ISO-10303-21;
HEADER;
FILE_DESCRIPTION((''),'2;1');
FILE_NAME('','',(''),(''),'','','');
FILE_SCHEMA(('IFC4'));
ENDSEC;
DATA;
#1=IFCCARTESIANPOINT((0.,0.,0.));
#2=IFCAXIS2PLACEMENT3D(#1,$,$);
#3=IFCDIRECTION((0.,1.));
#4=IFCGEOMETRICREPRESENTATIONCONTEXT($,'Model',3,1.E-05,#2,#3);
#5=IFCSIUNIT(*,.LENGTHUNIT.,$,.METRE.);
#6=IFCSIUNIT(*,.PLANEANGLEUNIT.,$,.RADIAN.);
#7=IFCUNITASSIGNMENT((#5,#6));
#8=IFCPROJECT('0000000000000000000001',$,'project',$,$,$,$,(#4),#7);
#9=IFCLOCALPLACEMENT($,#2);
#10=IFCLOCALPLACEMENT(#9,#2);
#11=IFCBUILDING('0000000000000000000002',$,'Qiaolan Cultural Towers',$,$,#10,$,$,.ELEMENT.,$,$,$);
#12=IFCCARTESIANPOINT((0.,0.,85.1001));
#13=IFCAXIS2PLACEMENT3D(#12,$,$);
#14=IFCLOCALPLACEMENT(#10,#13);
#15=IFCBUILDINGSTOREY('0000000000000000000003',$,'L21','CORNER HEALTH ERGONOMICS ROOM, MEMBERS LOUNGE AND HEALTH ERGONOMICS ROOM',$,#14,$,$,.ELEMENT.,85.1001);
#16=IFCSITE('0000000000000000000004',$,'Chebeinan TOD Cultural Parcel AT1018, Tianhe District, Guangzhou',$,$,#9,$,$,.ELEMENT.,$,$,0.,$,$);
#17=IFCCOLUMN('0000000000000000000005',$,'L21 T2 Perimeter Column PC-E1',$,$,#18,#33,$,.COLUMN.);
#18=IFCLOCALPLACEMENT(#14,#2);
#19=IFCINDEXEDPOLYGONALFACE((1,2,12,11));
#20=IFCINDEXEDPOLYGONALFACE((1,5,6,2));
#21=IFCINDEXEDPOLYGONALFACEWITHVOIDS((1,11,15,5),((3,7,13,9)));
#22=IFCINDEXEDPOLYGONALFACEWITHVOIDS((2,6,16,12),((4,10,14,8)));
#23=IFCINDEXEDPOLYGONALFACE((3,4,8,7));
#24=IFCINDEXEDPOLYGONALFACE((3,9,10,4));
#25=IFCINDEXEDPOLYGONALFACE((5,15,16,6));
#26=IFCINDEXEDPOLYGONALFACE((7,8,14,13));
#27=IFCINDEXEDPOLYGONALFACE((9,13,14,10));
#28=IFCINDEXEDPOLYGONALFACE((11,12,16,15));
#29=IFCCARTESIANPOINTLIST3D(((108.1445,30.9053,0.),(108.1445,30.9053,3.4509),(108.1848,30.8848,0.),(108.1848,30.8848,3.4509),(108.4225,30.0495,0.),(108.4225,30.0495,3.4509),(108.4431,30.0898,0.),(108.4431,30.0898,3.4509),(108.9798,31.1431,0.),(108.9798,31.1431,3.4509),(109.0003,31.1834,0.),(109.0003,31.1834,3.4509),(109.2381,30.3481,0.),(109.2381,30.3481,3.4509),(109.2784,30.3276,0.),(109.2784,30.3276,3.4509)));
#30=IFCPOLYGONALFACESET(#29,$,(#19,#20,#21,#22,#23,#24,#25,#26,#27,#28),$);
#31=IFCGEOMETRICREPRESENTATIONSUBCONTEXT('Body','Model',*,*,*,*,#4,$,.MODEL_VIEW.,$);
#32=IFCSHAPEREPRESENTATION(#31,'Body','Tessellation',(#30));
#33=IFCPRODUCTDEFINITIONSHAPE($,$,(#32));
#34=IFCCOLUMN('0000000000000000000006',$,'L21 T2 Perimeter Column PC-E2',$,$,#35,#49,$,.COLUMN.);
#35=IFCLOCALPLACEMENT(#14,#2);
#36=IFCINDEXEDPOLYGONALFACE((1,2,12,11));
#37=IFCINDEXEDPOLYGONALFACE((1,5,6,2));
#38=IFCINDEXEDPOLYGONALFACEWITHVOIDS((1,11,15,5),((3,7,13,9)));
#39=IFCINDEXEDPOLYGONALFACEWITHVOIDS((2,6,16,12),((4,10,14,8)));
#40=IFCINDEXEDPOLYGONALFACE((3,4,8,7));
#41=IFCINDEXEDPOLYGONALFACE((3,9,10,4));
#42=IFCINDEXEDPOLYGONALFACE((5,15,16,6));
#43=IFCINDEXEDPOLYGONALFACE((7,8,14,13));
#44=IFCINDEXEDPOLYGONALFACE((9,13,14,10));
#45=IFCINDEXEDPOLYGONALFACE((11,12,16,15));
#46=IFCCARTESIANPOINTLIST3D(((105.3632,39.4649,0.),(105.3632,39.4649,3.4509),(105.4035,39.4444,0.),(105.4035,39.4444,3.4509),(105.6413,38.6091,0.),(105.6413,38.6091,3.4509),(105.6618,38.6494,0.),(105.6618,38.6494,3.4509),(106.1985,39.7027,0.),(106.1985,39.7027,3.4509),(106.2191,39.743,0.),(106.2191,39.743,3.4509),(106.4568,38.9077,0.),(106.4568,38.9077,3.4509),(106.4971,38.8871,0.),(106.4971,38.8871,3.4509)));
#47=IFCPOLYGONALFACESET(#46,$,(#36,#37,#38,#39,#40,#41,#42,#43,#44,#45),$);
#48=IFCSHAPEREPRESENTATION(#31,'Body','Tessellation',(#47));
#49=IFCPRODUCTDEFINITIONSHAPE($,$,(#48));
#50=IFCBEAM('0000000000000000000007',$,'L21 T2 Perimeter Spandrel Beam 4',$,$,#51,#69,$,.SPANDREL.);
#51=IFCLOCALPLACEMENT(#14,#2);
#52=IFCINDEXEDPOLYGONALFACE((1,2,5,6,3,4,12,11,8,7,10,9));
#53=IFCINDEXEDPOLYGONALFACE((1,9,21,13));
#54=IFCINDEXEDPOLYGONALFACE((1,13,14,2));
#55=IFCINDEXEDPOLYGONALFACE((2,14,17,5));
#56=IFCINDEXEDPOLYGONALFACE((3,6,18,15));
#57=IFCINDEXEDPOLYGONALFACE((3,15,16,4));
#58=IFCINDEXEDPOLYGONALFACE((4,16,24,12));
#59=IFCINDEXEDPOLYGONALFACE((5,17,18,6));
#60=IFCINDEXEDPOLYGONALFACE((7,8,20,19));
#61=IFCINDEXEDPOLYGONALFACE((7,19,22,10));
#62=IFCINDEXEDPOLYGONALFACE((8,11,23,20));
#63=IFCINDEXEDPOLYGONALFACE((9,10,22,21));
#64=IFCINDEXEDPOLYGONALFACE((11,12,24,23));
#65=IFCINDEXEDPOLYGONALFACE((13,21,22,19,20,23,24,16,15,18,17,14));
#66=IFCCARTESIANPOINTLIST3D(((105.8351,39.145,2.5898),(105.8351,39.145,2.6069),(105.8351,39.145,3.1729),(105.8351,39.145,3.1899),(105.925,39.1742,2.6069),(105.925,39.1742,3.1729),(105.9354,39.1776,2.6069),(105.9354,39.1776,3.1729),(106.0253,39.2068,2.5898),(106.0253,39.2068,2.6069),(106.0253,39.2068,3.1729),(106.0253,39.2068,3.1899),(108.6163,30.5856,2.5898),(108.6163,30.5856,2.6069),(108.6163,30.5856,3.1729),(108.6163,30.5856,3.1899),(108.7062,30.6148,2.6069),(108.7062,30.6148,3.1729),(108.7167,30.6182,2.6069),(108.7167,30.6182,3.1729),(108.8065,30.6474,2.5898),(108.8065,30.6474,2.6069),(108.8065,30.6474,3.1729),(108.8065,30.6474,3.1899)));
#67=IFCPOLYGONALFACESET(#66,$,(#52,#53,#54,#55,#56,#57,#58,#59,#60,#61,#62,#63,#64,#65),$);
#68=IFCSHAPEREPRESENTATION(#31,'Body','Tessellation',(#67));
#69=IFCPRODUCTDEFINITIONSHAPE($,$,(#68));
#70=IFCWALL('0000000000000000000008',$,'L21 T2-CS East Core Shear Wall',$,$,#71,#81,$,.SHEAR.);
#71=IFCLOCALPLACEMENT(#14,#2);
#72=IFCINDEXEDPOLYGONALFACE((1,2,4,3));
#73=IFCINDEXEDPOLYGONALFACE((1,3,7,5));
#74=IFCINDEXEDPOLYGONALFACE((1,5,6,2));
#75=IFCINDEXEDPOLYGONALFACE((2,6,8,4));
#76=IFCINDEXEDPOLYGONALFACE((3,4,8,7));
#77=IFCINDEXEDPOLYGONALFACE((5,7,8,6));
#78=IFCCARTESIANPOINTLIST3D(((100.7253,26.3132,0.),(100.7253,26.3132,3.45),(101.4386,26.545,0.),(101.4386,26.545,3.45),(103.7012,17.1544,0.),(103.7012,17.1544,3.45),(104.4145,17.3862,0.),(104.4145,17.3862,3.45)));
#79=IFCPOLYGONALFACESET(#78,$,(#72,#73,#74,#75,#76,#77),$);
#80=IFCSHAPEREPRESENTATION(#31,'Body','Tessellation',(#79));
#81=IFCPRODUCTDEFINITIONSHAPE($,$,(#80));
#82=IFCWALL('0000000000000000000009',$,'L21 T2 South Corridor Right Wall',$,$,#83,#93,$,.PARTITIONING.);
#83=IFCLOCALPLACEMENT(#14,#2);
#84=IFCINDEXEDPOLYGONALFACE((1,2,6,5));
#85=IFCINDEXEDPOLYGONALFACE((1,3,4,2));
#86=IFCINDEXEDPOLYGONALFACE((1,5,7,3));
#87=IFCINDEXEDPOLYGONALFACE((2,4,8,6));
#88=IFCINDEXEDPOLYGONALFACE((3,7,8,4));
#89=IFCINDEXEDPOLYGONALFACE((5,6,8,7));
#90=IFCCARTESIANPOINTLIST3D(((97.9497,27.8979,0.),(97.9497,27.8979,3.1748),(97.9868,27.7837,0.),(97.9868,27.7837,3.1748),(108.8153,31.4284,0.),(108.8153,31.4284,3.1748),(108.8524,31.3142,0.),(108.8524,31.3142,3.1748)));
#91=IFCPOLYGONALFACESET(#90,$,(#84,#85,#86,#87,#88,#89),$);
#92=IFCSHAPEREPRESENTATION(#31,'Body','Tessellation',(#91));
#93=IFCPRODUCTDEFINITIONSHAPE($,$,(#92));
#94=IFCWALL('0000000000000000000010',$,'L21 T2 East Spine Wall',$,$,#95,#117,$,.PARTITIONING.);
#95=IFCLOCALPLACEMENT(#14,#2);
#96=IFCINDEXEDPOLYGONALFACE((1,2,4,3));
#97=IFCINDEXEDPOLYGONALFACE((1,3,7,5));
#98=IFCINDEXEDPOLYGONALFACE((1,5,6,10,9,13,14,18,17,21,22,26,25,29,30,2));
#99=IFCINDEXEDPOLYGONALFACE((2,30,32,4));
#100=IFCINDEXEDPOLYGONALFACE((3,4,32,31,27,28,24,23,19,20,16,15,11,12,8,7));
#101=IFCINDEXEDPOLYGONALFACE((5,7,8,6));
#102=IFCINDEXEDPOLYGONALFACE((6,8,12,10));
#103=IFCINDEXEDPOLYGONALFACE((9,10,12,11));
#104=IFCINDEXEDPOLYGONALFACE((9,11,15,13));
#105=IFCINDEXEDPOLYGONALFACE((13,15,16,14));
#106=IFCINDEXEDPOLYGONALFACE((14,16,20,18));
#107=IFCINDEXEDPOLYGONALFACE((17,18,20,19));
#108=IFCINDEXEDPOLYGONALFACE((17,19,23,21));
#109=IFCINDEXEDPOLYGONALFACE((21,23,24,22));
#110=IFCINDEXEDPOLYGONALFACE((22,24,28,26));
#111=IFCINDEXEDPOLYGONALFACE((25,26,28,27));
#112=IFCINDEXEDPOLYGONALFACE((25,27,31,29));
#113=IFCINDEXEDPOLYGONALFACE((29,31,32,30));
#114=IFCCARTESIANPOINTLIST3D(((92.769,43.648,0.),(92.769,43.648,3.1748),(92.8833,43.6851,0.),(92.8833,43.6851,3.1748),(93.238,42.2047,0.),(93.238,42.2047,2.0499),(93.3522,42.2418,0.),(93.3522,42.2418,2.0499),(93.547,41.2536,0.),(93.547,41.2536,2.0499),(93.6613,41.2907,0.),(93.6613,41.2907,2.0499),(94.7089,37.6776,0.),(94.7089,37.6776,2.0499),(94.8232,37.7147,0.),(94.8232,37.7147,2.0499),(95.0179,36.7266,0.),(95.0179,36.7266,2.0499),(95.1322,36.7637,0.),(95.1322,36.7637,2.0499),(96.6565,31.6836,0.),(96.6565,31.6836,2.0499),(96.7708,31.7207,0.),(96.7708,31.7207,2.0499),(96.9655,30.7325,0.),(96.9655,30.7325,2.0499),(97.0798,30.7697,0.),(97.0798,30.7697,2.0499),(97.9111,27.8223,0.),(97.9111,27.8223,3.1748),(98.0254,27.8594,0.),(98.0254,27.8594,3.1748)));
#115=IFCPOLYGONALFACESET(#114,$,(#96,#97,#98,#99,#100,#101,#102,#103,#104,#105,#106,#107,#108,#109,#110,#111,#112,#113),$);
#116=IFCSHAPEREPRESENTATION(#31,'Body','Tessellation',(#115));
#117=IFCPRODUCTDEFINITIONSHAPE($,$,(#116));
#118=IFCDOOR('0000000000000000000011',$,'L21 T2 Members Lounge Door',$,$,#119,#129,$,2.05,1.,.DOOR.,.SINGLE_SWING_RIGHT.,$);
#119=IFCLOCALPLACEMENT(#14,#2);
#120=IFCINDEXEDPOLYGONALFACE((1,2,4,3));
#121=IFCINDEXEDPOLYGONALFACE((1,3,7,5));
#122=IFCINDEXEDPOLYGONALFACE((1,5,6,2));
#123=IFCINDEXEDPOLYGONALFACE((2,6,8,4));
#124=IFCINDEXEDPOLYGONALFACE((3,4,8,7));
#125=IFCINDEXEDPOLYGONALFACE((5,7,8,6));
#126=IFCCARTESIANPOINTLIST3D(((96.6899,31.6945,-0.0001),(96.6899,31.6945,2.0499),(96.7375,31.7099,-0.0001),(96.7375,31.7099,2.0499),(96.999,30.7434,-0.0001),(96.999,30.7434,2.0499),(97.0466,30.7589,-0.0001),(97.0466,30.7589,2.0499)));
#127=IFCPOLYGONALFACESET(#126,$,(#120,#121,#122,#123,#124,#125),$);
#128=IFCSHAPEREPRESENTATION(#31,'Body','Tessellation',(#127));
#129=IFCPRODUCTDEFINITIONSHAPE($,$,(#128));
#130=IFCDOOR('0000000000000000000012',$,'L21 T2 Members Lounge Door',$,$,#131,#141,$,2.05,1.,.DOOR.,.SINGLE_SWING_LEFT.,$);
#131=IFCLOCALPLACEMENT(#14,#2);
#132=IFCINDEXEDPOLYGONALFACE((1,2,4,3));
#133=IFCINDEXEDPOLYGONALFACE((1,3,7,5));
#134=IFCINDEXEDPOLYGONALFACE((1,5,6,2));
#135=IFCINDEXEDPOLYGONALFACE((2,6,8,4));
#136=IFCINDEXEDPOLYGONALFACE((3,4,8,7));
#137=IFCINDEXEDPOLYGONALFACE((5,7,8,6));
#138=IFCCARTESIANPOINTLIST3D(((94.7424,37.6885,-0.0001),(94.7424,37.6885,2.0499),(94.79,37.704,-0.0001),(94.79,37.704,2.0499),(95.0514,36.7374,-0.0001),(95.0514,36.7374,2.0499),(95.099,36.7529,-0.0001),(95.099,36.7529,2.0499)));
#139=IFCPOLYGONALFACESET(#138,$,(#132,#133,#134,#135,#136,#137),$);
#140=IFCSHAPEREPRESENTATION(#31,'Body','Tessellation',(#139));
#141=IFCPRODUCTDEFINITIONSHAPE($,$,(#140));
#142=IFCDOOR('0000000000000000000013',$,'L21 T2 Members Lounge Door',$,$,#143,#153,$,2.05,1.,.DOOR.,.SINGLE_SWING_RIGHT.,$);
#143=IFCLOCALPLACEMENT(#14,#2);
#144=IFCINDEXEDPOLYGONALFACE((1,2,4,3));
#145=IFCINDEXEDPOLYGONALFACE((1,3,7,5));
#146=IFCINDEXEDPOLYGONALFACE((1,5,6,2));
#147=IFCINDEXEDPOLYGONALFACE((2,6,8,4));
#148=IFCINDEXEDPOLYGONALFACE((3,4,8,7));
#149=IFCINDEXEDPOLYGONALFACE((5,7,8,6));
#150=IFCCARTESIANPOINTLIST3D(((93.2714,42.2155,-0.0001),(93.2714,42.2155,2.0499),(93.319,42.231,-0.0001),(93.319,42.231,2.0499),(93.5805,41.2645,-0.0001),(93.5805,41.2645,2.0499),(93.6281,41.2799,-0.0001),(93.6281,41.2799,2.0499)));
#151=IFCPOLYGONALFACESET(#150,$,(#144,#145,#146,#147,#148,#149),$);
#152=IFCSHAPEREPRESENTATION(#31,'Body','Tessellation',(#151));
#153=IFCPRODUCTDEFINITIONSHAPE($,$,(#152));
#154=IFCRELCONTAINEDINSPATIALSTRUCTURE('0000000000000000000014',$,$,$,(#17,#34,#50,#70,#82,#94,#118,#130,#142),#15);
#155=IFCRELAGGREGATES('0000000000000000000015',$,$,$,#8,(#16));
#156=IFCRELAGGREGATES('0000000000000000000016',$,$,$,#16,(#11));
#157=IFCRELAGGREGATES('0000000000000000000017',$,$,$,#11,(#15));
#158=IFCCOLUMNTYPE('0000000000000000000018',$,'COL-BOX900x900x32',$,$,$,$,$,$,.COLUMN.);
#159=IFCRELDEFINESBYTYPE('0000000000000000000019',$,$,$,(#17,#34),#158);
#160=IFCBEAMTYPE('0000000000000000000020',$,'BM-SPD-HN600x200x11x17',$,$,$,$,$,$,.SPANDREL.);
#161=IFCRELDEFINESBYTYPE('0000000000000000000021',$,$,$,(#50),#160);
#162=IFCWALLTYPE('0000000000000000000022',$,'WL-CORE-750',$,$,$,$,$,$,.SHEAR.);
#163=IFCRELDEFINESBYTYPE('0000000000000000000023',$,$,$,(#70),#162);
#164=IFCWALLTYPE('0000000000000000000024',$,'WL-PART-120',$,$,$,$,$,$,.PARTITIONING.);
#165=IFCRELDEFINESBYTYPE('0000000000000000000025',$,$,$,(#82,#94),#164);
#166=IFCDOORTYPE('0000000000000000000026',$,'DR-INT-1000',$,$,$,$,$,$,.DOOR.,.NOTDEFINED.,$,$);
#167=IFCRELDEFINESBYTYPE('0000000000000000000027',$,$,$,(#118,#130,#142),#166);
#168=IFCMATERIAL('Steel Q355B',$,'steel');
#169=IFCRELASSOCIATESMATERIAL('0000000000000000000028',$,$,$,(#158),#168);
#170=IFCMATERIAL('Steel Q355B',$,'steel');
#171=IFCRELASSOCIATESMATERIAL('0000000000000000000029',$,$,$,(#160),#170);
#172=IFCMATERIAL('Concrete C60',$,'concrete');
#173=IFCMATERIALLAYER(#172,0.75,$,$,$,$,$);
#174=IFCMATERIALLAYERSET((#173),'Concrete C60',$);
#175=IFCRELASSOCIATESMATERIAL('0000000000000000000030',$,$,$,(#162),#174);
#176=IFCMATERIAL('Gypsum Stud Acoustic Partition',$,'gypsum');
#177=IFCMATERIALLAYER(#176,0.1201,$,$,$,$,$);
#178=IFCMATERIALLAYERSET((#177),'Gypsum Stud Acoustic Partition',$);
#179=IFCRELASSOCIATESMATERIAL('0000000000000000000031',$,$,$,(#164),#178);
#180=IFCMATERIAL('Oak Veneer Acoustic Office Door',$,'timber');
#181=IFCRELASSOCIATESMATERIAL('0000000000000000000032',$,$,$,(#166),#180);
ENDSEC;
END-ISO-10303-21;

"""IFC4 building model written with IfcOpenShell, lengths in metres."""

from ifc_helpers import new_model, si_unit, direction, frame, frame_2d, origin, origin_2d, place, context, subcontext, project, spatial, rectangle, hollow_rectangle, i_section, extrude, material, layer, layer_set, material_profile, profile_set, type_object, element, fill, save


model = new_model("IFC4")

# Units and contexts
model_context = context("Model", 3, precision=1e-05, world=origin(), true_north=direction((0.0, 1.0)))
body_context = subcontext(model_context, "Body", "Model", "MODEL_VIEW")
ifc_project = project(units=[si_unit("LENGTHUNIT", "METRE"), si_unit("PLANEANGLEUNIT", "RADIAN")], contexts=[model_context])

# Site, building, storey
site_placement = place(None, origin())
site = spatial("IfcSite", under=ifc_project, at=site_placement, Name="Chebeinan TOD Cultural Parcel AT1018, Tianhe District, Guangzhou", CompositionType="ELEMENT", RefElevation=0.0)
building_placement = place(site_placement, origin())
building = spatial("IfcBuilding", under=site, at=building_placement, Name="Qiaolan Cultural Towers", CompositionType="ELEMENT")
storey_placement = place(building_placement, frame((0.0, 0.0, 85.1001)))
storey = spatial("IfcBuildingStorey", under=building, at=storey_placement, Name="L21", Description="CORNER HEALTH ERGONOMICS ROOM, MEMBERS LOUNGE AND HEALTH ERGONOMICS ROOM", CompositionType="ELEMENT", Elevation=85.1001)

# Columns
ifc_material_1 = material(Name="Steel Q355B", Category="steel")
ifc_material_profile_1 = material_profile(ifc_material_1, hollow_rectangle(XDim=0.8999, YDim=0.8999, WallThickness=0.032, at=origin_2d()), Name="BOX900x900x32")
ifc_profile_set_1 = profile_set([ifc_material_profile_1], Name="Steel Q355B")
column_type = type_object("IfcColumnType", Name="COL-BOX900x900x32", PredefinedType="COLUMN", material=ifc_profile_set_1)
for number, where, z_axis, x_axis, name in (
    (1, (108.7114, 30.6165, 0.0), (0.0, 0.0, 1.0), (0.951057, 0.309017, 0.0), "L21 T2 Perimeter Column PC-E1"),
    (2, (105.9302, 39.176, 0.0), (0.0, 0.0, 1.0), (0.951057, 0.309017, 0.0), "L21 T2 Perimeter Column PC-E2"),
):
    element("IfcColumn", number, at=place(storey_placement, frame(where, z_axis=z_axis, x_axis=x_axis)), inside=storey, type_object=column_type, Name=name, PredefinedType="COLUMN", context=body_context, shape_type="SweptSolid", body=[
        extrude(hollow_rectangle(XDim=0.8999, YDim=0.8999, WallThickness=0.032, at=origin_2d()), origin(), (0.0, 0.0, 1.0), 3.4509),
    ])

# Beam
ifc_material_2 = material(Name="Steel Q355B", Category="steel")
ifc_material_profile_2 = material_profile(ifc_material_2, i_section(OverallWidth=0.2, OverallDepth=0.6001, WebThickness=0.011, FlangeThickness=0.0171, at=origin_2d()), Name="HN600x200x11x17")
ifc_profile_set_2 = profile_set([ifc_material_profile_2], Name="Steel Q355B")
beam_type = type_object("IfcBeamType", Name="BM-SPD-HN600x200x11x17", PredefinedType="SPANDREL", material=ifc_profile_set_2)
beam_placement = place(storey_placement, frame((108.7114, 30.6165, 2.8899), z_axis=(-0.309025, 0.951054, 0.0), x_axis=(-0.951054, -0.309025, 0.0)))
element("IfcBeam", 3, at=beam_placement, inside=storey, type_object=beam_type, Name="L21 T2 Perimeter Spandrel Beam 4", PredefinedType="SPANDREL", context=body_context, shape_type="SweptSolid", body=[
    extrude(i_section(OverallWidth=0.2, OverallDepth=0.6001, WebThickness=0.011, FlangeThickness=0.0171, at=origin_2d()), origin(), (0.0, 0.0, 1.0), 9.0),
])

# Walls
ifc_material_3 = material(Name="Concrete C60", Category="concrete")
ifc_layer_1 = layer(ifc_material_3, 0.75)
ifc_layer_set_1 = layer_set([ifc_layer_1], Name="Concrete C60")
wall_type_1 = type_object("IfcWallType", Name="WL-CORE-750", PredefinedType="SHEAR", material=ifc_layer_set_1)
wall_1_placement = place(storey_placement, frame((101.082, 26.429, 0.0), z_axis=(0.0, 0.0, 1.0), x_axis=(0.309016, -0.951057, 0.0)))
element("IfcWall", 4, at=wall_1_placement, inside=storey, type_object=wall_type_1, Name="L21 T2-CS East Core Shear Wall", PredefinedType="SHEAR", context=body_context, shape_type="SweptSolid", body=[
    extrude(rectangle(XDim=9.6301, YDim=0.75, at=frame_2d((4.8149, 0.0))), origin(), (0.0, 0.0, 1.0), 3.45),
])
ifc_material_4 = material(Name="Gypsum Stud Acoustic Partition", Category="gypsum")
ifc_layer_2 = layer(ifc_material_4, 0.1201)
ifc_layer_set_2 = layer_set([ifc_layer_2], Name="Gypsum Stud Acoustic Partition")
wall_type_2 = type_object("IfcWallType", Name="WL-PART-120", PredefinedType="PARTITIONING", material=ifc_layer_set_2)
wall_2_placement = place(storey_placement, frame((97.9683, 27.8408, 0.0), z_axis=(0.0, 0.0, 1.0), x_axis=(0.951056, 0.309019, 0.0)))
element("IfcWall", 5, at=wall_2_placement, inside=storey, type_object=wall_type_2, Name="L21 T2 South Corridor Right Wall", PredefinedType="PARTITIONING", context=body_context, shape_type="SweptSolid", body=[
    extrude(rectangle(XDim=11.4248, YDim=0.1201, at=frame_2d((5.7124, 0.0))), origin(), (0.0, 0.0, 1.0), 3.1748),
])

# Wall, openings, doors
wall_3_placement = place(storey_placement, frame((97.9683, 27.8408, 0.0), z_axis=(0.0, 0.0, 1.0), x_axis=(-0.309018, 0.951056, 0.0)))
wall_3 = element("IfcWall", 6, at=wall_3_placement, inside=storey, type_object=wall_type_2, Name="L21 T2 East Spine Wall", PredefinedType="PARTITIONING", context=body_context, shape_type="SweptSolid", body=[
    extrude(rectangle(XDim=16.6401, YDim=0.1201, at=frame_2d((8.3201, 0.0))), origin(), (0.0, 0.0, 1.0), 3.1748),
])
opening_1_placement = place(wall_3_placement, frame((3.0601, 0.0, 0.0)))
opening_1 = element("IfcOpeningElement", 7, at=opening_1_placement, cuts=wall_3, PredefinedType="OPENING", context=body_context, shape_type="SweptSolid", body=[
    extrude(rectangle(XDim=1.0, YDim=2.05, at=frame_2d((0.5, 1.0249))), frame((0.0, 0.0701, 0.0), z_axis=(0.0, -1.0, 0.0), x_axis=(1.0, 0.0, 0.0)), (0.0, 0.0, 1.0), 0.1401),
])
opening_2_placement = place(wall_3_placement, frame((9.3625, 0.0, 0.0)))
opening_2 = element("IfcOpeningElement", 8, at=opening_2_placement, cuts=wall_3, PredefinedType="OPENING", context=body_context, shape_type="SweptSolid", body=[
    extrude(rectangle(XDim=1.0, YDim=2.05, at=frame_2d((0.5, 1.0249))), frame((0.0, 0.0701, 0.0), z_axis=(0.0, -1.0, 0.0), x_axis=(1.0, 0.0, 0.0)), (0.0, 0.0, 1.0), 0.1401),
])
opening_3_placement = place(wall_3_placement, frame((14.1226, 0.0, 0.0)))
opening_3 = element("IfcOpeningElement", 9, at=opening_3_placement, cuts=wall_3, PredefinedType="OPENING", context=body_context, shape_type="SweptSolid", body=[
    extrude(rectangle(XDim=1.0, YDim=2.05, at=frame_2d((0.5, 1.0249))), frame((0.0, 0.0701, 0.0), z_axis=(0.0, -1.0, 0.0), x_axis=(1.0, 0.0, 0.0)), (0.0, 0.0, 1.0), 0.1401),
])
ifc_material_5 = material(Name="Oak Veneer Acoustic Office Door", Category="timber")
door_type_1 = type_object("IfcDoorType", Name="DR-INT-1000", OperationType="NOTDEFINED", PredefinedType="DOOR", material=ifc_material_5)
door_1_placement = place(opening_1_placement, origin())
door_1 = element("IfcDoor", 10, at=door_1_placement, inside=storey, type_object=door_type_1, Name="L21 T2 Members Lounge Door", OperationType="SINGLE_SWING_RIGHT", OverallHeight=2.05, OverallWidth=1.0, PredefinedType="DOOR", context=body_context, shape_type="SweptSolid", body=[
    extrude(rectangle(XDim=1.0, YDim=2.05, at=frame_2d((0.5, 1.0249))), frame((0.0, 0.0249, 0.0), z_axis=(0.0, -1.0, 0.0), x_axis=(1.0, 0.0, 0.0)), (0.0, 0.0, 1.0), 0.05),
])
fill(opening_1, door_1)
door_2_placement = place(opening_2_placement, origin())
door_2 = element("IfcDoor", 11, at=door_2_placement, inside=storey, type_object=door_type_1, Name="L21 T2 Members Lounge Door", OperationType="SINGLE_SWING_LEFT", OverallHeight=2.05, OverallWidth=1.0, PredefinedType="DOOR", context=body_context, shape_type="SweptSolid", body=[
    extrude(rectangle(XDim=1.0, YDim=2.05, at=frame_2d((0.5, 1.0249))), frame((0.0, 0.0249, 0.0), z_axis=(0.0, -1.0, 0.0), x_axis=(1.0, 0.0, 0.0)), (0.0, 0.0, 1.0), 0.05),
])
fill(opening_2, door_2)
door_3_placement = place(opening_3_placement, origin())
door_3 = element("IfcDoor", 12, at=door_3_placement, inside=storey, type_object=door_type_1, Name="L21 T2 Members Lounge Door", OperationType="SINGLE_SWING_RIGHT", OverallHeight=2.05, OverallWidth=1.0, PredefinedType="DOOR", context=body_context, shape_type="SweptSolid", body=[
    extrude(rectangle(XDim=1.0, YDim=2.05, at=frame_2d((0.5, 1.0249))), frame((0.0, 0.0249, 0.0), z_axis=(0.0, -1.0, 0.0), x_axis=(1.0, 0.0, 0.0)), (0.0, 0.0, 1.0), 0.05),
])
fill(opening_3, door_3)

save(model, "model.ifc")
